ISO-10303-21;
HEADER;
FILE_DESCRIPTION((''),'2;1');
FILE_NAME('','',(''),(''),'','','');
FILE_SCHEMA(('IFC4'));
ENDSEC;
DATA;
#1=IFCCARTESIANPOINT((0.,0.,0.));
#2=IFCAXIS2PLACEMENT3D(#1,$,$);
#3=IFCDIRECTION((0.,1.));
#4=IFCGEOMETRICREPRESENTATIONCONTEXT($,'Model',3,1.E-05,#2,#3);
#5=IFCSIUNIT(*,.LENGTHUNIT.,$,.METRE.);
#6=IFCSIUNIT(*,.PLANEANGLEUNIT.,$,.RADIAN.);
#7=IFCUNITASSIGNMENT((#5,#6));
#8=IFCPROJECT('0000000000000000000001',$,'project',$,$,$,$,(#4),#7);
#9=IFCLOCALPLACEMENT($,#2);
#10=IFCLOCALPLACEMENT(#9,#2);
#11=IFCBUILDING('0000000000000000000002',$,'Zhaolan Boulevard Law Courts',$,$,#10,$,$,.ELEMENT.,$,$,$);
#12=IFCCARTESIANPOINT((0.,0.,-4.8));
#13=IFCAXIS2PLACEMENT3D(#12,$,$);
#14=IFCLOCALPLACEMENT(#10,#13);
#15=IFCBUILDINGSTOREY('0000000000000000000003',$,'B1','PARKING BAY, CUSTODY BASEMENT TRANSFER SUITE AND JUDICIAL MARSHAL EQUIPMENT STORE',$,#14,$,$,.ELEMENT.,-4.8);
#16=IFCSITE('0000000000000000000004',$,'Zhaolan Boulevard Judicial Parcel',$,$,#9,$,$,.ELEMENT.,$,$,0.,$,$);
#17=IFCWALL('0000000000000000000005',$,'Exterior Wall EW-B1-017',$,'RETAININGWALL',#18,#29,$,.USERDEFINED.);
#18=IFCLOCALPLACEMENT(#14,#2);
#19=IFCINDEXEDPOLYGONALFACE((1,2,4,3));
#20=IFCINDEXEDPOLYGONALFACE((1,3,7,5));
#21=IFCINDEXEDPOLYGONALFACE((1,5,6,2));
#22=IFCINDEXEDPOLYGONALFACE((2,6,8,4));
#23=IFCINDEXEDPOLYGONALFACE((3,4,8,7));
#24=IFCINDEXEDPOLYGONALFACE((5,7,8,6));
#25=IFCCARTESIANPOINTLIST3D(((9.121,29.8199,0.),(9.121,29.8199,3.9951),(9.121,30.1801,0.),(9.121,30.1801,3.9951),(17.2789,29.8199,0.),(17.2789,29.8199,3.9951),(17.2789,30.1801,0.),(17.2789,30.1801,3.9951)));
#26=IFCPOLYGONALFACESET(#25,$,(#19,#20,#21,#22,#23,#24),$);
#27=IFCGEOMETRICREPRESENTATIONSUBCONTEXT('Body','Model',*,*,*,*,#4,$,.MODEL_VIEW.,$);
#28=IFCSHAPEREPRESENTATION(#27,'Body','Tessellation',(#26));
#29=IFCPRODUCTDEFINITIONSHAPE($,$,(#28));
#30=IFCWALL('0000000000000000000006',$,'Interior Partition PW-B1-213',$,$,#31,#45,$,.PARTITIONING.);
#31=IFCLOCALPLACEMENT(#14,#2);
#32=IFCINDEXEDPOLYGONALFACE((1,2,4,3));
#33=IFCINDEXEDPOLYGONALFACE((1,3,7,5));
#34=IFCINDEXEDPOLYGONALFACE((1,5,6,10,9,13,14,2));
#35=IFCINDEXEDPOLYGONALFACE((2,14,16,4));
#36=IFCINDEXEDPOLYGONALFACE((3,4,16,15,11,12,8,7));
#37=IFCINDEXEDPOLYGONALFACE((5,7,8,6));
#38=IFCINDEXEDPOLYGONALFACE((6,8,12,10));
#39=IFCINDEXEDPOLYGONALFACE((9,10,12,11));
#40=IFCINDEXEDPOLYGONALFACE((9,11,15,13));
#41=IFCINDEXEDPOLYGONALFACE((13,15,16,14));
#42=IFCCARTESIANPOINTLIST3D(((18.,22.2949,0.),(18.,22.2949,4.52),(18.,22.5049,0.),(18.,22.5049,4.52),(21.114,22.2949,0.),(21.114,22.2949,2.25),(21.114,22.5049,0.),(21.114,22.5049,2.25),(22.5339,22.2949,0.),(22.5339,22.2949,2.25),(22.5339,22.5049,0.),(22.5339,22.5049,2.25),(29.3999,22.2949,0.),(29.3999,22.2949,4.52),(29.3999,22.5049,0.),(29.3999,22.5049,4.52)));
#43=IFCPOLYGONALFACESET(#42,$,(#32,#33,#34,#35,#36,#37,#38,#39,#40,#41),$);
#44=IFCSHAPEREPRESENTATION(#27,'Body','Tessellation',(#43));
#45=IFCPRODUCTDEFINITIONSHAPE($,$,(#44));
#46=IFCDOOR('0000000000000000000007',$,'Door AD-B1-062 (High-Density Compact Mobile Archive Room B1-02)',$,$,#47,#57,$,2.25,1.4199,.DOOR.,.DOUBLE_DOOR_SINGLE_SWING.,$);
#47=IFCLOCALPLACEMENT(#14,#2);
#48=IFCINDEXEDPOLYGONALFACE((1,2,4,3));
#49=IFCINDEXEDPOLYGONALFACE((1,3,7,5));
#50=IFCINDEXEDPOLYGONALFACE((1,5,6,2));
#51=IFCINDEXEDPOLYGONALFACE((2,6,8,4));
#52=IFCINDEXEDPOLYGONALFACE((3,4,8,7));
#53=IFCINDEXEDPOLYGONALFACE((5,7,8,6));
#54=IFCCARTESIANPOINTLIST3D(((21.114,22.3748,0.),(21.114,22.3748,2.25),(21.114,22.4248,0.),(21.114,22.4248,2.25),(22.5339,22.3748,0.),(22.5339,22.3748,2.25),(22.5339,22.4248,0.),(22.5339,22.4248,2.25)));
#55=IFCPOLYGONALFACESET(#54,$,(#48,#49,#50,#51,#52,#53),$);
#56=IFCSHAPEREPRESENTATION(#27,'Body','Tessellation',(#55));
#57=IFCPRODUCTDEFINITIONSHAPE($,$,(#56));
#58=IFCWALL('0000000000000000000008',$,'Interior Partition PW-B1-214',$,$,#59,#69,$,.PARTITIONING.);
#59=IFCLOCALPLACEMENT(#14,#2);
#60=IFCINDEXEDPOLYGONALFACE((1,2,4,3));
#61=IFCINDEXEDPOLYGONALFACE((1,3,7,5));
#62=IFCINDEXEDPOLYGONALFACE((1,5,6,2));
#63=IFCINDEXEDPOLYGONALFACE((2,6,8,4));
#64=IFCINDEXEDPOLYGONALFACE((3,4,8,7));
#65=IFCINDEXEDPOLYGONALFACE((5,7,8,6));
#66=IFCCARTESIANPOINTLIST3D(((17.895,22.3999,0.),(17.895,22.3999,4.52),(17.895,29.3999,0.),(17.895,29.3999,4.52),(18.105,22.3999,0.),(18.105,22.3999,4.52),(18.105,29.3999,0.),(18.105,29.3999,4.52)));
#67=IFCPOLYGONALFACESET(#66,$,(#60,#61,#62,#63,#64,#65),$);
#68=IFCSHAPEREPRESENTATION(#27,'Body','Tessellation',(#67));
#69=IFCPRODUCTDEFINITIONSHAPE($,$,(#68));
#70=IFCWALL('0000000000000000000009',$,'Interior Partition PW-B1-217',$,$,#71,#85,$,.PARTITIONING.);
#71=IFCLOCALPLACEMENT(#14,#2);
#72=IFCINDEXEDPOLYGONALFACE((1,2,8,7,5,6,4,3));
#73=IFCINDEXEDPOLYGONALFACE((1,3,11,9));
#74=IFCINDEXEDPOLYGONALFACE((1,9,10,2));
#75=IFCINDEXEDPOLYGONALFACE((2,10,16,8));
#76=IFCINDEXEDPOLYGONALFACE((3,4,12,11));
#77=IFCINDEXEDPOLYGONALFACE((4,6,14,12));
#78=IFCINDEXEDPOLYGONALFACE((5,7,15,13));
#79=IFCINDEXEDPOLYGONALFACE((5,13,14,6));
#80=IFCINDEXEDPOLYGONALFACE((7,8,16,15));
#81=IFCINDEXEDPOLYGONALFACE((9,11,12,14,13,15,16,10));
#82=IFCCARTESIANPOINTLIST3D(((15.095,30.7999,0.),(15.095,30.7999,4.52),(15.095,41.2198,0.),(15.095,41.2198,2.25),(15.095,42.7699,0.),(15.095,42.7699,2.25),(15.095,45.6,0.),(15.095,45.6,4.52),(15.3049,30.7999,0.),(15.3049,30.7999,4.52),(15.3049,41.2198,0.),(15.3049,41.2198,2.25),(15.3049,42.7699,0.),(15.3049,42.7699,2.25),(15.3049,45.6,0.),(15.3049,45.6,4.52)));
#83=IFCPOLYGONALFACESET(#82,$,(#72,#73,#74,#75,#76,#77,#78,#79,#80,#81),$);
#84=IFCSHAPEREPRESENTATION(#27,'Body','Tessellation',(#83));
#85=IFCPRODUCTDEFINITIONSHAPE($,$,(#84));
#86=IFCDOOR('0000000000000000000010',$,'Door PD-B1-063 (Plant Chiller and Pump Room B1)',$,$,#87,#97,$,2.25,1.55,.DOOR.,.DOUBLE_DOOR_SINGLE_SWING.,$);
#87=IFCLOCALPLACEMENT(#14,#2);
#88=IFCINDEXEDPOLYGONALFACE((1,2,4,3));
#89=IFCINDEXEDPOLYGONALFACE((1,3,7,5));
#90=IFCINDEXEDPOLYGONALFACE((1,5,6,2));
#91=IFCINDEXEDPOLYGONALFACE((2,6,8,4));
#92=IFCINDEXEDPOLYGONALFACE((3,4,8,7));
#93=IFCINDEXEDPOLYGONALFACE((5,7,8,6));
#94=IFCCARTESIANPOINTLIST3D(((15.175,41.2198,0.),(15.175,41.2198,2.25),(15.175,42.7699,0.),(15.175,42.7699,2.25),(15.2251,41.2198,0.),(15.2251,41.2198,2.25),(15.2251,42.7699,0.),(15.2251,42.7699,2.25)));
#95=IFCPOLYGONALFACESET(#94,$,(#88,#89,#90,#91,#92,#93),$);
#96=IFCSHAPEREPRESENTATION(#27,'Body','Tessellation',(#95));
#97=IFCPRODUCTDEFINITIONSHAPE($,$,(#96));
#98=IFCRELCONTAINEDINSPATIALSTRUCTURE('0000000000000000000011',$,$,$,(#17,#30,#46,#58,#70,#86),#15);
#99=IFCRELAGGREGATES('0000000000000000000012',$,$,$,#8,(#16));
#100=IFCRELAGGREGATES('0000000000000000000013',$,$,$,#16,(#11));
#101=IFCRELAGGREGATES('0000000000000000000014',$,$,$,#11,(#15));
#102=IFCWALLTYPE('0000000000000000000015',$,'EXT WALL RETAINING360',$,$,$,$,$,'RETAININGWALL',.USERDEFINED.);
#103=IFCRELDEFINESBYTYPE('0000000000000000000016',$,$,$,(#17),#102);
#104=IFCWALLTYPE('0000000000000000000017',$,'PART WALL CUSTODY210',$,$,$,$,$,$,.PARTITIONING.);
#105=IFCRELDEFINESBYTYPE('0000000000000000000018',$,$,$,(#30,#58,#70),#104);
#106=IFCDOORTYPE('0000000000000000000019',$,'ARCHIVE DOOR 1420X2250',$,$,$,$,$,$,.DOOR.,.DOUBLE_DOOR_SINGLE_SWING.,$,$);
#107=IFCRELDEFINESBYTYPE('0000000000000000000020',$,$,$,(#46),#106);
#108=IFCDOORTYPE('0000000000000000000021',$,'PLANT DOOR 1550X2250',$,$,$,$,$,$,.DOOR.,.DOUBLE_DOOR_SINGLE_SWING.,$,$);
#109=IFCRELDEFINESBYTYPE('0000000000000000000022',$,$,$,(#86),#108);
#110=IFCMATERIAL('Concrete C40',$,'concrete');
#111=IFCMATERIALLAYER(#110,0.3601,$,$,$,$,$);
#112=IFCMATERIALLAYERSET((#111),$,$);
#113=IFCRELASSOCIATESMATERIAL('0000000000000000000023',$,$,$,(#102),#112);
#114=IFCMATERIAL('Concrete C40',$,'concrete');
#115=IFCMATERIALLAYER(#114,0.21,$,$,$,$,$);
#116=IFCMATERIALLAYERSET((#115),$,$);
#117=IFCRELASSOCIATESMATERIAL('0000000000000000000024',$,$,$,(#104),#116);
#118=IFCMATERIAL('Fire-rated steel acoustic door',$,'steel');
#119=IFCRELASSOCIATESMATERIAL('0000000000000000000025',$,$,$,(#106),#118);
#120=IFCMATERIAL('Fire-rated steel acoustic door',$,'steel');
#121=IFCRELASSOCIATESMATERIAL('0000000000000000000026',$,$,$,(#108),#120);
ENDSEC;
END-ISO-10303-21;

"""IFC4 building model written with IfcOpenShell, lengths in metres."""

from ifc_helpers import new_model, si_unit, direction, frame, frame_2d, origin, place, context, subcontext, project, spatial, rectangle, extrude, material, layer, layer_set, type_object, element, fill, save


model = new_model("IFC4")

# Units and contexts
model_context = context("Model", 3, precision=1e-05, world=origin(), true_north=direction((0.0, 1.0)))
body_context = subcontext(model_context, "Body", "Model", "MODEL_VIEW")
ifc_project = project(units=[si_unit("LENGTHUNIT", "METRE"), si_unit("PLANEANGLEUNIT", "RADIAN")], contexts=[model_context])

# Site, building, storey
site_placement = place(None, origin())
site = spatial("IfcSite", under=ifc_project, at=site_placement, Name="Zhaolan Boulevard Judicial Parcel", CompositionType="ELEMENT", RefElevation=0.0)
building_placement = place(site_placement, origin())
building = spatial("IfcBuilding", under=site, at=building_placement, Name="Zhaolan Boulevard Law Courts", CompositionType="ELEMENT")
storey_placement = place(building_placement, frame((0.0, 0.0, -4.8)))
storey = spatial("IfcBuildingStorey", under=building, at=storey_placement, Name="B1", Description="PARKING BAY, CUSTODY BASEMENT TRANSFER SUITE AND JUDICIAL MARSHAL EQUIPMENT STORE", CompositionType="ELEMENT", Elevation=-4.8)

# Wall
ifc_material_1 = material(Name="Concrete C40", Category="concrete")
ifc_layer_1 = layer(ifc_material_1, 0.3601)
ifc_layer_set_1 = layer_set([ifc_layer_1])
wall_type_1 = type_object("IfcWallType", Name="EXT WALL RETAINING360", ElementType="RETAININGWALL", PredefinedType="USERDEFINED", material=ifc_layer_set_1)
wall_1_placement = place(storey_placement, frame((17.2791, 30.0, 0.0), z_axis=(0.0, 0.0, 1.0), x_axis=(-1.0, 0.0, 0.0)))
element("IfcWall", 1, at=wall_1_placement, inside=storey, type_object=wall_type_1, Name="Exterior Wall EW-B1-017", ObjectType="RETAININGWALL", PredefinedType="USERDEFINED", context=body_context, shape_type="SweptSolid", body=[
    extrude(rectangle(XDim=8.158, YDim=0.3601, at=frame_2d((4.0791, 0.0))), origin(), (0.0, 0.0, 1.0), 3.9951),
])

# Wall, opening, door
ifc_material_2 = material(Name="Concrete C40", Category="concrete")
ifc_layer_2 = layer(ifc_material_2, 0.21)
ifc_layer_set_2 = layer_set([ifc_layer_2])
wall_type_2 = type_object("IfcWallType", Name="PART WALL CUSTODY210", PredefinedType="PARTITIONING", material=ifc_layer_set_2)
wall_2_placement = place(storey_placement, frame((18.0, 22.3999, 0.0), z_axis=(0.0, 0.0, 1.0), x_axis=(1.0, 0.0, 0.0)))
wall_2 = element("IfcWall", 2, at=wall_2_placement, inside=storey, type_object=wall_type_2, Name="Interior Partition PW-B1-213", PredefinedType="PARTITIONING", context=body_context, shape_type="SweptSolid", body=[
    extrude(rectangle(XDim=11.3999, YDim=0.21, at=frame_2d((5.7, 0.0))), origin(), (0.0, 0.0, 1.0), 4.52),
])
opening_1_placement = place(wall_2_placement, frame((3.114, 0.0, 0.0)))
opening_1 = element("IfcOpeningElement", 3, at=opening_1_placement, cuts=wall_2, PredefinedType="OPENING", context=body_context, shape_type="SweptSolid", body=[
    extrude(rectangle(XDim=1.4199, YDim=2.25, at=frame_2d((0.71, 1.125))), frame((0.0, 0.115, 0.0), z_axis=(0.0, -1.0, 0.0), x_axis=(1.0, 0.0, 0.0)), (0.0, 0.0, 1.0), 0.23),
])
ifc_material_3 = material(Name="Fire-rated steel acoustic door", Category="steel")
door_type_1 = type_object("IfcDoorType", Name="ARCHIVE DOOR 1420X2250", OperationType="DOUBLE_DOOR_SINGLE_SWING", PredefinedType="DOOR", material=ifc_material_3)
door_1_placement = place(opening_1_placement, origin())
door_1 = element("IfcDoor", 4, at=door_1_placement, inside=storey, type_object=door_type_1, Name="Door AD-B1-062 (High-Density Compact Mobile Archive Room B1-02)", OperationType="DOUBLE_DOOR_SINGLE_SWING", OverallHeight=2.25, OverallWidth=1.4199, PredefinedType="DOOR", context=body_context, shape_type="SweptSolid", body=[
    extrude(rectangle(XDim=1.4199, YDim=2.25, at=frame_2d((0.71, 1.125))), frame((0.0, 0.0249, 0.0), z_axis=(0.0, -1.0, 0.0), x_axis=(1.0, 0.0, 0.0)), (0.0, 0.0, 1.0), 0.05),
])
fill(opening_1, door_1)

# Wall
wall_3_placement = place(storey_placement, frame((18.0, 29.3999, 0.0), z_axis=(0.0, 0.0, 1.0), x_axis=(0.0, -1.0, 0.0)))
element("IfcWall", 5, at=wall_3_placement, inside=storey, type_object=wall_type_2, Name="Interior Partition PW-B1-214", PredefinedType="PARTITIONING", context=body_context, shape_type="SweptSolid", body=[
    extrude(rectangle(XDim=7.0, YDim=0.21, at=frame_2d((3.5, 0.0))), origin(), (0.0, 0.0, 1.0), 4.52),
])

# Wall, opening, door
wall_4_placement = place(storey_placement, frame((15.2, 30.8, 0.0), z_axis=(0.0, 0.0, 1.0), x_axis=(0.0, 1.0, 0.0)))
wall_4 = element("IfcWall", 6, at=wall_4_placement, inside=storey, type_object=wall_type_2, Name="Interior Partition PW-B1-217", PredefinedType="PARTITIONING", context=body_context, shape_type="SweptSolid", body=[
    extrude(rectangle(XDim=14.8, YDim=0.21, at=frame_2d((7.3999, 0.0))), origin(), (0.0, 0.0, 1.0), 4.52),
])
opening_2_placement = place(wall_4_placement, frame((10.4199, 0.0, 0.0)))
opening_2 = element("IfcOpeningElement", 7, at=opening_2_placement, cuts=wall_4, PredefinedType="OPENING", context=body_context, shape_type="SweptSolid", body=[
    extrude(rectangle(XDim=1.55, YDim=2.25, at=frame_2d((0.7749, 1.125))), frame((0.0, 0.115, 0.0), z_axis=(0.0, -1.0, 0.0), x_axis=(1.0, 0.0, 0.0)), (0.0, 0.0, 1.0), 0.23),
])
ifc_material_4 = material(Name="Fire-rated steel acoustic door", Category="steel")
door_type_2 = type_object("IfcDoorType", Name="PLANT DOOR 1550X2250", OperationType="DOUBLE_DOOR_SINGLE_SWING", PredefinedType="DOOR", material=ifc_material_4)
door_2_placement = place(opening_2_placement, origin())
door_2 = element("IfcDoor", 8, at=door_2_placement, inside=storey, type_object=door_type_2, Name="Door PD-B1-063 (Plant Chiller and Pump Room B1)", OperationType="DOUBLE_DOOR_SINGLE_SWING", OverallHeight=2.25, OverallWidth=1.55, PredefinedType="DOOR", context=body_context, shape_type="SweptSolid", body=[
    extrude(rectangle(XDim=1.55, YDim=2.25, at=frame_2d((0.7749, 1.125))), frame((0.0, 0.0249, 0.0), z_axis=(0.0, -1.0, 0.0), x_axis=(1.0, 0.0, 0.0)), (0.0, 0.0, 1.0), 0.05),
])
fill(opening_2, door_2)

save(model, "model.ifc")
